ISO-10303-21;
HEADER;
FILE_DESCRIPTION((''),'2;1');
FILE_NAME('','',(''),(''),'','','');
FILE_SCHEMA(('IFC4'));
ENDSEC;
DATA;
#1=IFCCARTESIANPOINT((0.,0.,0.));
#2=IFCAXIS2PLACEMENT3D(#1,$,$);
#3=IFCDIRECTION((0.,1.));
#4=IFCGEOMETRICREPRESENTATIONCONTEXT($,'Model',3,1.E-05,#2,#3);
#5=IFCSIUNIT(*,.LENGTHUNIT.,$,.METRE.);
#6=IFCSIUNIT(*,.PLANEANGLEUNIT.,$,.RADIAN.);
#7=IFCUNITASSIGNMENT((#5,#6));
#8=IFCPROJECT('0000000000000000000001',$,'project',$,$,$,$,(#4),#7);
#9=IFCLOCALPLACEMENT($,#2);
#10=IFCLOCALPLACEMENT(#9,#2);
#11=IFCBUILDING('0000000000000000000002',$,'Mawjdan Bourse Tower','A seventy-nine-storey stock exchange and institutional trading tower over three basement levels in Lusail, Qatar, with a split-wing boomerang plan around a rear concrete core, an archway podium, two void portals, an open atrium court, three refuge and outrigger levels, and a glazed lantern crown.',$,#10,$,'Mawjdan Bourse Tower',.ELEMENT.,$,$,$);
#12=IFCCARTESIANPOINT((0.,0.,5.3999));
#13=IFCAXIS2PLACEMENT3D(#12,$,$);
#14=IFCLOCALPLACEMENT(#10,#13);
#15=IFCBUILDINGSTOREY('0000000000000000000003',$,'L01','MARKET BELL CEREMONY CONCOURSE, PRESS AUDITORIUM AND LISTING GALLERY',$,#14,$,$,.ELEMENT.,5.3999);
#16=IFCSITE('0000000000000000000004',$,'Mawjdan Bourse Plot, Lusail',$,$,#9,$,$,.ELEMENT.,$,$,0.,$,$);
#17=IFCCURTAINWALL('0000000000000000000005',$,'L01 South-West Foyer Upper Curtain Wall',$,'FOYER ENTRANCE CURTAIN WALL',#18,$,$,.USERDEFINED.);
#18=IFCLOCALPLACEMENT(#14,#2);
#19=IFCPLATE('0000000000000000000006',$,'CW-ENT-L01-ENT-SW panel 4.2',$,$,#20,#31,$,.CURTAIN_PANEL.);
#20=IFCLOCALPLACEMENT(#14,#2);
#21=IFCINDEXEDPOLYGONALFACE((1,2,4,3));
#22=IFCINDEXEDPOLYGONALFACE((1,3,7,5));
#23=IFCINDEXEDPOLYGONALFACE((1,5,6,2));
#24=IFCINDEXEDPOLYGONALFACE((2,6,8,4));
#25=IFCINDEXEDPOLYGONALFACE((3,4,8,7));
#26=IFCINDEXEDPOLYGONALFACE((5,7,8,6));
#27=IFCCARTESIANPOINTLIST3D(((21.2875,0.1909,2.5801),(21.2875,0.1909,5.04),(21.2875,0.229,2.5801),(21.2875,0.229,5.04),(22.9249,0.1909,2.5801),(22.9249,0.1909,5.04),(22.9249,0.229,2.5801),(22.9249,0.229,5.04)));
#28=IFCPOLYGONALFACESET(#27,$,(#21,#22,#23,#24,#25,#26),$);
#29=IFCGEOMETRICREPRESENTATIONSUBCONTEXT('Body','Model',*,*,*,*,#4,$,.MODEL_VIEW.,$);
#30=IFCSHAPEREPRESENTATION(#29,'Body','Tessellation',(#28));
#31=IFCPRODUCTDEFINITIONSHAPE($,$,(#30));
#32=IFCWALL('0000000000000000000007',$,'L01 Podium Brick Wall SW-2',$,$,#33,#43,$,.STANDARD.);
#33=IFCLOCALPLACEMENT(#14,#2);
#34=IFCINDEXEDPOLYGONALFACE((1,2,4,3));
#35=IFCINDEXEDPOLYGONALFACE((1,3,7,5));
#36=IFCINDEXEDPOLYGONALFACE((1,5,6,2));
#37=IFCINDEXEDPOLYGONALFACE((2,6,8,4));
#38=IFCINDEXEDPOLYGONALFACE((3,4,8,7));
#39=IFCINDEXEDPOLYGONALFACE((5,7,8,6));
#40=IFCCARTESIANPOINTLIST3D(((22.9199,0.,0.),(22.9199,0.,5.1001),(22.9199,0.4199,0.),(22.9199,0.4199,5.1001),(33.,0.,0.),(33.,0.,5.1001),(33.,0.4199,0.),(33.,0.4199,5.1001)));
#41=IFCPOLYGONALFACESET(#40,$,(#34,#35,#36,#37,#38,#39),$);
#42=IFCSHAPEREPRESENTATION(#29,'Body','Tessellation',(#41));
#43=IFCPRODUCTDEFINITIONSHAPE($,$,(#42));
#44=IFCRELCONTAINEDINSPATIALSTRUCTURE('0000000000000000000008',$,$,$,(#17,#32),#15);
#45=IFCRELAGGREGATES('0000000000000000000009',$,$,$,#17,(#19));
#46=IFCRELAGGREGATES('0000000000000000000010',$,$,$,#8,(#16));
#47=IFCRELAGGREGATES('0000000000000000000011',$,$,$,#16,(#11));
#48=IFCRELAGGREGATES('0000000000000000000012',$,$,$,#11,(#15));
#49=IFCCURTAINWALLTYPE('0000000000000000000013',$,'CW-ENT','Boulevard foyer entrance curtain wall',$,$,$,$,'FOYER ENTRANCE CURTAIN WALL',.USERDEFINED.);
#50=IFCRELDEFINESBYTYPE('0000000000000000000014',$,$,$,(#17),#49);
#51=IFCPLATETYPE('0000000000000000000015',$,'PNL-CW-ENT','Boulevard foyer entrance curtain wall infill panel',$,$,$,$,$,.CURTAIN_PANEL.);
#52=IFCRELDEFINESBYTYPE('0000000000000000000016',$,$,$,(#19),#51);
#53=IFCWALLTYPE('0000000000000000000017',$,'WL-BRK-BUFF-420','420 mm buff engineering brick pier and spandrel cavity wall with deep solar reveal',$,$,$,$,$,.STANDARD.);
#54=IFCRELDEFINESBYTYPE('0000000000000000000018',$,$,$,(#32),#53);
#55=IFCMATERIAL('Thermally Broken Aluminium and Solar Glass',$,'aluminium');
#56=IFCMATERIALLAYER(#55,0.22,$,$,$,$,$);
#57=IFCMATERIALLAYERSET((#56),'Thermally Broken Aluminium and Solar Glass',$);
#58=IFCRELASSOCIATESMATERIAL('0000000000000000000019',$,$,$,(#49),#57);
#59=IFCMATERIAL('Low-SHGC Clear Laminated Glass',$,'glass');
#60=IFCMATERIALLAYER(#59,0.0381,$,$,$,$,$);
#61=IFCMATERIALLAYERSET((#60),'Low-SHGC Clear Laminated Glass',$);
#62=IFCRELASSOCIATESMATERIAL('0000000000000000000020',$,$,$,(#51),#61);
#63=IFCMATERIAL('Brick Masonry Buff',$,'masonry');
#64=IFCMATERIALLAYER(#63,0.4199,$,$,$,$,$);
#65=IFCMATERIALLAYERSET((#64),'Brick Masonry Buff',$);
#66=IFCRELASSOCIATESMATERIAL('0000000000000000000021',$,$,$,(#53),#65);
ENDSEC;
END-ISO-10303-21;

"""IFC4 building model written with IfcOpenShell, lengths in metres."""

from ifc_helpers import new_model, si_unit, direction, frame, frame_2d, origin, origin_2d, place, context, subcontext, project, spatial, rectangle, extrude, material, layer, layer_set, type_object, element, aggregate, save


model = new_model("IFC4")

# Units and contexts
model_context = context("Model", 3, precision=1e-05, world=origin(), true_north=direction((0.0, 1.0)))
body_context = subcontext(model_context, "Body", "Model", "MODEL_VIEW")
ifc_project = project(units=[si_unit("LENGTHUNIT", "METRE"), si_unit("PLANEANGLEUNIT", "RADIAN")], contexts=[model_context])

# Site, building, storey
site_placement = place(None, origin())
site = spatial("IfcSite", under=ifc_project, at=site_placement, Name="Mawjdan Bourse Plot, Lusail", CompositionType="ELEMENT", RefElevation=0.0)
building_placement = place(site_placement, origin())
building = spatial("IfcBuilding", under=site, at=building_placement, Name="Mawjdan Bourse Tower", Description="A seventy-nine-storey stock exchange and institutional trading tower over three basement levels in Lusail, Qatar, with a split-wing boomerang plan around a rear concrete core, an archway podium, two void portals, an open atrium court, three refuge and outrigger levels, and a glazed lantern crown.", LongName="Mawjdan Bourse Tower", CompositionType="ELEMENT")
storey_placement = place(building_placement, frame((0.0, 0.0, 5.3999)))
storey = spatial("IfcBuildingStorey", under=building, at=storey_placement, Name="L01", Description="MARKET BELL CEREMONY CONCOURSE, PRESS AUDITORIUM AND LISTING GALLERY", CompositionType="ELEMENT", Elevation=5.3999)

# Curtain wall, plate
ifc_material_1 = material(Name="Thermally Broken Aluminium and Solar Glass", Category="aluminium")
ifc_layer_1 = layer(ifc_material_1, 0.22)
ifc_layer_set_1 = layer_set([ifc_layer_1], Name="Thermally Broken Aluminium and Solar Glass")
curtain_wall_type = type_object("IfcCurtainWallType", Name="CW-ENT", Description="Boulevard foyer entrance curtain wall", ElementType="FOYER ENTRANCE CURTAIN WALL", PredefinedType="USERDEFINED", material=ifc_layer_set_1)
curtain_wall_placement = place(storey_placement, origin())
curtain_wall = element("IfcCurtainWall", 1, at=curtain_wall_placement, inside=storey, type_object=curtain_wall_type, Name="L01 South-West Foyer Upper Curtain Wall", ObjectType="FOYER ENTRANCE CURTAIN WALL", PredefinedType="USERDEFINED")
ifc_material_2 = material(Name="Low-SHGC Clear Laminated Glass", Category="glass")
ifc_layer_2 = layer(ifc_material_2, 0.0381)
ifc_layer_set_2 = layer_set([ifc_layer_2], Name="Low-SHGC Clear Laminated Glass")
plate_type = type_object("IfcPlateType", Name="PNL-CW-ENT", Description="Boulevard foyer entrance curtain wall infill panel", PredefinedType="CURTAIN_PANEL", material=ifc_layer_set_2)
plate_1_placement = place(storey_placement, frame((22.1062, 0.21, 2.5801), z_axis=(0.0, 0.0, 1.0), x_axis=(1.0, 0.0, 0.0)))
plate_1 = element("IfcPlate", 2, at=plate_1_placement, type_object=plate_type, Name="CW-ENT-L01-ENT-SW panel 4.2", PredefinedType="CURTAIN_PANEL", context=body_context, shape_type="SweptSolid", body=[
    extrude(rectangle(XDim=1.6375, YDim=0.0381, at=origin_2d()), origin(), (0.0, 0.0, 1.0), 2.46),
])
aggregate(curtain_wall, [plate_1])

# Wall
ifc_material_3 = material(Name="Brick Masonry Buff", Category="masonry")
ifc_layer_3 = layer(ifc_material_3, 0.4199)
ifc_layer_set_3 = layer_set([ifc_layer_3], Name="Brick Masonry Buff")
wall_type_1 = type_object("IfcWallType", Name="WL-BRK-BUFF-420", Description="420 mm buff engineering brick pier and spandrel cavity wall with deep solar reveal", PredefinedType="STANDARD", material=ifc_layer_set_3)
wall_1_placement = place(storey_placement, frame((22.9199, 0.21, 0.0), z_axis=(0.0, 0.0, 1.0), x_axis=(1.0, 0.0, 0.0)))
element("IfcWall", 3, at=wall_1_placement, inside=storey, type_object=wall_type_1, Name="L01 Podium Brick Wall SW-2", PredefinedType="STANDARD", context=body_context, shape_type="SweptSolid", body=[
    extrude(rectangle(XDim=10.0801, YDim=0.4199, at=frame_2d((5.04, 0.0))), origin(), (0.0, 0.0, 1.0), 5.1001),
])

save(model, "model.ifc")
